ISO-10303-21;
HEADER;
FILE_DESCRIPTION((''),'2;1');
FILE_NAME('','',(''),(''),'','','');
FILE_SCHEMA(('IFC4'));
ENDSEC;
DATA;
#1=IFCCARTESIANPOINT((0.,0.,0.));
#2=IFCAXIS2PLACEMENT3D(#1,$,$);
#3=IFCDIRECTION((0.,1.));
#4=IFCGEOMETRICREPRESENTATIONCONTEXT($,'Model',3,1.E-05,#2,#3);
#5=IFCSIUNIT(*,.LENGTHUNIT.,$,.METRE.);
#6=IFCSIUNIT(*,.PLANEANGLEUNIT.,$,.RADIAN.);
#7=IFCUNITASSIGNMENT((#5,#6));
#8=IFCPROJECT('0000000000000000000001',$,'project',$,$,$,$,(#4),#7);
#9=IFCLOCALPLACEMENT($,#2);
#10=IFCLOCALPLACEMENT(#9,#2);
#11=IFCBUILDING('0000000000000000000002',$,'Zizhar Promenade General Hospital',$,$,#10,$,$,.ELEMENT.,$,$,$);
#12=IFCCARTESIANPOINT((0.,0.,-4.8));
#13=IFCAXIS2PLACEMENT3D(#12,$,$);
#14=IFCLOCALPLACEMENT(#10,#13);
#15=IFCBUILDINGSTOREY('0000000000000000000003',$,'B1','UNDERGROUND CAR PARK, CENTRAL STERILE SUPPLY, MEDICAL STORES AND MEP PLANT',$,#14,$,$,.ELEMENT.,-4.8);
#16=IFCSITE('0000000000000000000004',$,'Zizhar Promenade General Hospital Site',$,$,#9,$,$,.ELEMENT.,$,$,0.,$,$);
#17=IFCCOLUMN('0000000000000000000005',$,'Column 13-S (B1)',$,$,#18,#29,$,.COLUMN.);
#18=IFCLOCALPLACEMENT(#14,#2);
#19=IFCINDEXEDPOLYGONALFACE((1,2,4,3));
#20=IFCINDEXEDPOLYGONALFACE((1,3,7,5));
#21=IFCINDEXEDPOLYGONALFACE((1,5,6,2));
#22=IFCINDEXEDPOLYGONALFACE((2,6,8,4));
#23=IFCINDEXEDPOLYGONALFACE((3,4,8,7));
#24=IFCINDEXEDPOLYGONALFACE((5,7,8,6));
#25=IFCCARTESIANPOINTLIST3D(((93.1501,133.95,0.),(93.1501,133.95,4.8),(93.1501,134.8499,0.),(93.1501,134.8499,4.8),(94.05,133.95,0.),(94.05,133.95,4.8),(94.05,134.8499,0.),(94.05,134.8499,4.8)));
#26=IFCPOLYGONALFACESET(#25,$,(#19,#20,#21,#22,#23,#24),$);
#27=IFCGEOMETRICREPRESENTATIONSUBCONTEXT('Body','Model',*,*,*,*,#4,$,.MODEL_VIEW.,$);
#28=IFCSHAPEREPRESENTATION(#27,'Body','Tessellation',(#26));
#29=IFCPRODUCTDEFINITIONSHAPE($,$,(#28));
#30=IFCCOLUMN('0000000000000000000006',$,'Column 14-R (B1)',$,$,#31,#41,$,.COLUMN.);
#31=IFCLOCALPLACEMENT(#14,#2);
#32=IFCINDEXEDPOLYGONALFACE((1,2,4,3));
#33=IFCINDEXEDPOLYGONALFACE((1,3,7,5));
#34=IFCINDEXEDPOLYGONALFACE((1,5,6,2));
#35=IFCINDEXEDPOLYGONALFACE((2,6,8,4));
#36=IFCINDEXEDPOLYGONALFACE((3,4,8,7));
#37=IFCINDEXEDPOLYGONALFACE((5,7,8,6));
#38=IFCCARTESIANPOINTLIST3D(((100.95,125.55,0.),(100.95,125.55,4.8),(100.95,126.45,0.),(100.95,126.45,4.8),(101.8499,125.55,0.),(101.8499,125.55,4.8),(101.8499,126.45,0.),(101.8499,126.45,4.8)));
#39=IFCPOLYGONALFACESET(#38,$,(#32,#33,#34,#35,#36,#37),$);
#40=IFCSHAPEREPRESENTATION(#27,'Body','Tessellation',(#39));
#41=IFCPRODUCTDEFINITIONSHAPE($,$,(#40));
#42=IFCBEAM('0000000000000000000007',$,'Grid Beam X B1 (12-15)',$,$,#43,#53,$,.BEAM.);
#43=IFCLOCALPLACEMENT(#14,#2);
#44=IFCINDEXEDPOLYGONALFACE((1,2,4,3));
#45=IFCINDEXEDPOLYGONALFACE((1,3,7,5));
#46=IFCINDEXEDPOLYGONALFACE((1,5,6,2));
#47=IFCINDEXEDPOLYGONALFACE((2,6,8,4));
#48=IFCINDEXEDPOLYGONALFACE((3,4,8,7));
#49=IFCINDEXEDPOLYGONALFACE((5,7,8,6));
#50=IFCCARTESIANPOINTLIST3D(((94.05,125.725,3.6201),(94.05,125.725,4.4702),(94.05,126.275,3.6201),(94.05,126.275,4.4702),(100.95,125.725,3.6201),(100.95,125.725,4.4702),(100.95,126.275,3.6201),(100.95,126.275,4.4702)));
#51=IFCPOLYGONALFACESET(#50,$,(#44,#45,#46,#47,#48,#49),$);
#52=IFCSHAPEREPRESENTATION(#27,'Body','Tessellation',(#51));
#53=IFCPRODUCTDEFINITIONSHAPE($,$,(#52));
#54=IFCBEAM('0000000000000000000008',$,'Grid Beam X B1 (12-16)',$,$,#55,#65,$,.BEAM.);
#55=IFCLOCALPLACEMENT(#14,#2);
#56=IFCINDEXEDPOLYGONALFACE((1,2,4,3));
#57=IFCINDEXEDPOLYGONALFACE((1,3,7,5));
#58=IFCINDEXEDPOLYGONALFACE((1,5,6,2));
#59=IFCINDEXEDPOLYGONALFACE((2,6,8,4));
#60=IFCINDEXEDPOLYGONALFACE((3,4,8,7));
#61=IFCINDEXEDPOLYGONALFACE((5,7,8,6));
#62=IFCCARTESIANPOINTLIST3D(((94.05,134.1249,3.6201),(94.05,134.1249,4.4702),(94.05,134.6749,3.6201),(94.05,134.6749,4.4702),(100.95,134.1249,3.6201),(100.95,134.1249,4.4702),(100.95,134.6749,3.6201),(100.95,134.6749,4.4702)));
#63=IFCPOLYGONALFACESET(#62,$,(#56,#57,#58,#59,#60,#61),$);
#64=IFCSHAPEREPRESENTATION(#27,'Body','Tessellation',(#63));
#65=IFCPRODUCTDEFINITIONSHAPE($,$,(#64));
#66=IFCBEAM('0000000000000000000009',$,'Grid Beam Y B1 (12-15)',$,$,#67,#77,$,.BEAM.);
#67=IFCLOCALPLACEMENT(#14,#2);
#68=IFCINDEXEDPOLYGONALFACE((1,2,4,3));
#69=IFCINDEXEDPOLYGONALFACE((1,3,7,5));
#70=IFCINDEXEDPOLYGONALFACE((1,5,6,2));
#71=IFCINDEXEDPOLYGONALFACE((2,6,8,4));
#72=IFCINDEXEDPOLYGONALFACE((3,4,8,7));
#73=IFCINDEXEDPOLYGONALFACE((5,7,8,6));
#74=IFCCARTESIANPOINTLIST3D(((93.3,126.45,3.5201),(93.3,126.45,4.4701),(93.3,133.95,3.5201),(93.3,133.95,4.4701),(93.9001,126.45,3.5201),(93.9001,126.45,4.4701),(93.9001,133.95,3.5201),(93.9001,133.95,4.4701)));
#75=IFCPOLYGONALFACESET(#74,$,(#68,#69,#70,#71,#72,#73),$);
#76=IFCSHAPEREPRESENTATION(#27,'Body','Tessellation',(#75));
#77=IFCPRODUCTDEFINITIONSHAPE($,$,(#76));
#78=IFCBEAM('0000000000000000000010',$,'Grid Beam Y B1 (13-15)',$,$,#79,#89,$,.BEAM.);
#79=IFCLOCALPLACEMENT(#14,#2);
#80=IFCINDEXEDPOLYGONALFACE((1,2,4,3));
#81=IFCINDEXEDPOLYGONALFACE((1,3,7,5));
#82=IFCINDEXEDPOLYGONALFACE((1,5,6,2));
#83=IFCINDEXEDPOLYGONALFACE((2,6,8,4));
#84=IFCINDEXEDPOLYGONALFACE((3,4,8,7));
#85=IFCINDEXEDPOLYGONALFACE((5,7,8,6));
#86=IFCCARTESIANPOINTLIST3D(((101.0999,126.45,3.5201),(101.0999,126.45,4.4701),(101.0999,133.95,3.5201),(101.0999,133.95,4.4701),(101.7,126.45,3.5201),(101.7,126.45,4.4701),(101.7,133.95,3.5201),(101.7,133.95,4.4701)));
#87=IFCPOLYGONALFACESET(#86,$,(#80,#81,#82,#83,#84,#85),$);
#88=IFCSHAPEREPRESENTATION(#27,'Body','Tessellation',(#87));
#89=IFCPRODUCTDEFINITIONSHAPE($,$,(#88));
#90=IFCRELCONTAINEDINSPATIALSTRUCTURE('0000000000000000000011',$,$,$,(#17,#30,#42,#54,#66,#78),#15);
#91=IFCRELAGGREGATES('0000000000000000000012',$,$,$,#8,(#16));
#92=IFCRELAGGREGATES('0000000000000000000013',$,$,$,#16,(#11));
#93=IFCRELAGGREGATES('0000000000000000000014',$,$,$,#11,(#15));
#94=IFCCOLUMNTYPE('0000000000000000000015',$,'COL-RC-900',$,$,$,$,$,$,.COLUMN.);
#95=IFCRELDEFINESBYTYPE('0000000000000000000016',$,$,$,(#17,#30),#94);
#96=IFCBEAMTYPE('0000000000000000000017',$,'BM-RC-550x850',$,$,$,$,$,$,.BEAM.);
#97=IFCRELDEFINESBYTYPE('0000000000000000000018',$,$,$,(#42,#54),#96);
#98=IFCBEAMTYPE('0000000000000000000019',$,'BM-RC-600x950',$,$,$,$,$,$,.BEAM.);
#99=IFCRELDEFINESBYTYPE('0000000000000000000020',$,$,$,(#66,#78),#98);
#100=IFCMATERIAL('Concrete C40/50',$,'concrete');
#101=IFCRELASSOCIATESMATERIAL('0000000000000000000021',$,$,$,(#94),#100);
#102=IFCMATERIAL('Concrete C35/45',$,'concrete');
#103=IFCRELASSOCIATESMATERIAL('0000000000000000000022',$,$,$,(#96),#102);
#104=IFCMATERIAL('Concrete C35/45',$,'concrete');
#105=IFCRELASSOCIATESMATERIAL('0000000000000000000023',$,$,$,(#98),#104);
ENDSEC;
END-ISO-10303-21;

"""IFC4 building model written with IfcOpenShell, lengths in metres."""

from ifc_helpers import new_model, si_unit, direction, frame, origin, origin_2d, place, context, subcontext, project, spatial, rectangle, extrude, material, material_profile, profile_set, type_object, element, save


model = new_model("IFC4")

# Units and contexts
model_context = context("Model", 3, precision=1e-05, world=origin(), true_north=direction((0.0, 1.0)))
body_context = subcontext(model_context, "Body", "Model", "MODEL_VIEW")
ifc_project = project(units=[si_unit("LENGTHUNIT", "METRE"), si_unit("PLANEANGLEUNIT", "RADIAN")], contexts=[model_context])

# Site, building, storey
site_placement = place(None, origin())
site = spatial("IfcSite", under=ifc_project, at=site_placement, Name="Zizhar Promenade General Hospital Site", CompositionType="ELEMENT", RefElevation=0.0)
building_placement = place(site_placement, origin())
building = spatial("IfcBuilding", under=site, at=building_placement, Name="Zizhar Promenade General Hospital", CompositionType="ELEMENT")
storey_placement = place(building_placement, frame((0.0, 0.0, -4.8)))
storey = spatial("IfcBuildingStorey", under=building, at=storey_placement, Name="B1", Description="UNDERGROUND CAR PARK, CENTRAL STERILE SUPPLY, MEDICAL STORES AND MEP PLANT", CompositionType="ELEMENT", Elevation=-4.8)

# Columns
ifc_material_1 = material(Name="Concrete C40/50", Category="concrete")
ifc_material_profile_1 = material_profile(ifc_material_1, rectangle(XDim=0.8999, YDim=0.8999, at=origin_2d()))
ifc_profile_set_1 = profile_set([ifc_material_profile_1], Name="Concrete C40/50")
column_type = type_object("IfcColumnType", Name="COL-RC-900", PredefinedType="COLUMN", material=ifc_profile_set_1)
for number, where, z_axis, x_axis, name in (
    (1, (93.6001, 134.3999, 0.0), (0.0, 0.0, 1.0), (1.0, 0.0, 0.0), "Column 13-S (B1)"),
    (2, (101.3999, 126.0, 0.0), (0.0, 0.0, 1.0), (1.0, 0.0, 0.0), "Column 14-R (B1)"),
):
    element("IfcColumn", number, at=place(storey_placement, frame(where, z_axis=z_axis, x_axis=x_axis)), inside=storey, type_object=column_type, Name=name, PredefinedType="COLUMN", context=body_context, shape_type="SweptSolid", body=[
        extrude(rectangle(XDim=0.8999, YDim=0.8999, at=origin_2d()), origin(), (0.0, 0.0, 1.0), 4.8),
    ])

# Beams
ifc_material_2 = material(Name="Concrete C35/45", Category="concrete")
ifc_material_profile_2 = material_profile(ifc_material_2, rectangle(XDim=0.55, YDim=0.8501, at=origin_2d()))
ifc_profile_set_2 = profile_set([ifc_material_profile_2], Name="Concrete C35/45")
beam_type_1 = type_object("IfcBeamType", Name="BM-RC-550x850", PredefinedType="BEAM", material=ifc_profile_set_2)
for number, where, z_axis, x_axis, name in (
    (3, (94.05, 126.0, 4.0452), (1.0, 0.0, 0.0), (0.0, 1.0, 0.0), "Grid Beam X B1 (12-15)"),
    (4, (94.05, 134.3999, 4.0452), (1.0, 0.0, 0.0), (0.0, 1.0, 0.0), "Grid Beam X B1 (12-16)"),
):
    element("IfcBeam", number, at=place(storey_placement, frame(where, z_axis=z_axis, x_axis=x_axis)), inside=storey, type_object=beam_type_1, Name=name, PredefinedType="BEAM", context=body_context, shape_type="SweptSolid", body=[
        extrude(rectangle(XDim=0.55, YDim=0.8501, at=origin_2d()), origin(), (0.0, 0.0, 1.0), 6.8999),
    ])
ifc_material_3 = material(Name="Concrete C35/45", Category="concrete")
ifc_material_profile_3 = material_profile(ifc_material_3, rectangle(XDim=0.6001, YDim=0.95, at=origin_2d()))
ifc_profile_set_3 = profile_set([ifc_material_profile_3], Name="Concrete C35/45")
beam_type_2 = type_object("IfcBeamType", Name="BM-RC-600x950", PredefinedType="BEAM", material=ifc_profile_set_3)
for number, where, z_axis, x_axis, name in (
    (5, (93.6001, 126.45, 3.9951), (0.0, 1.0, 0.0), (-1.0, 0.0, 0.0), "Grid Beam Y B1 (12-15)"),
    (6, (101.3999, 126.45, 3.9951), (0.0, 1.0, 0.0), (-1.0, 0.0, 0.0), "Grid Beam Y B1 (13-15)"),
):
    element("IfcBeam", number, at=place(storey_placement, frame(where, z_axis=z_axis, x_axis=x_axis)), inside=storey, type_object=beam_type_2, Name=name, PredefinedType="BEAM", context=body_context, shape_type="SweptSolid", body=[
        extrude(rectangle(XDim=0.6001, YDim=0.95, at=origin_2d()), origin(), (0.0, 0.0, 1.0), 7.5),
    ])

save(model, "model.ifc")
